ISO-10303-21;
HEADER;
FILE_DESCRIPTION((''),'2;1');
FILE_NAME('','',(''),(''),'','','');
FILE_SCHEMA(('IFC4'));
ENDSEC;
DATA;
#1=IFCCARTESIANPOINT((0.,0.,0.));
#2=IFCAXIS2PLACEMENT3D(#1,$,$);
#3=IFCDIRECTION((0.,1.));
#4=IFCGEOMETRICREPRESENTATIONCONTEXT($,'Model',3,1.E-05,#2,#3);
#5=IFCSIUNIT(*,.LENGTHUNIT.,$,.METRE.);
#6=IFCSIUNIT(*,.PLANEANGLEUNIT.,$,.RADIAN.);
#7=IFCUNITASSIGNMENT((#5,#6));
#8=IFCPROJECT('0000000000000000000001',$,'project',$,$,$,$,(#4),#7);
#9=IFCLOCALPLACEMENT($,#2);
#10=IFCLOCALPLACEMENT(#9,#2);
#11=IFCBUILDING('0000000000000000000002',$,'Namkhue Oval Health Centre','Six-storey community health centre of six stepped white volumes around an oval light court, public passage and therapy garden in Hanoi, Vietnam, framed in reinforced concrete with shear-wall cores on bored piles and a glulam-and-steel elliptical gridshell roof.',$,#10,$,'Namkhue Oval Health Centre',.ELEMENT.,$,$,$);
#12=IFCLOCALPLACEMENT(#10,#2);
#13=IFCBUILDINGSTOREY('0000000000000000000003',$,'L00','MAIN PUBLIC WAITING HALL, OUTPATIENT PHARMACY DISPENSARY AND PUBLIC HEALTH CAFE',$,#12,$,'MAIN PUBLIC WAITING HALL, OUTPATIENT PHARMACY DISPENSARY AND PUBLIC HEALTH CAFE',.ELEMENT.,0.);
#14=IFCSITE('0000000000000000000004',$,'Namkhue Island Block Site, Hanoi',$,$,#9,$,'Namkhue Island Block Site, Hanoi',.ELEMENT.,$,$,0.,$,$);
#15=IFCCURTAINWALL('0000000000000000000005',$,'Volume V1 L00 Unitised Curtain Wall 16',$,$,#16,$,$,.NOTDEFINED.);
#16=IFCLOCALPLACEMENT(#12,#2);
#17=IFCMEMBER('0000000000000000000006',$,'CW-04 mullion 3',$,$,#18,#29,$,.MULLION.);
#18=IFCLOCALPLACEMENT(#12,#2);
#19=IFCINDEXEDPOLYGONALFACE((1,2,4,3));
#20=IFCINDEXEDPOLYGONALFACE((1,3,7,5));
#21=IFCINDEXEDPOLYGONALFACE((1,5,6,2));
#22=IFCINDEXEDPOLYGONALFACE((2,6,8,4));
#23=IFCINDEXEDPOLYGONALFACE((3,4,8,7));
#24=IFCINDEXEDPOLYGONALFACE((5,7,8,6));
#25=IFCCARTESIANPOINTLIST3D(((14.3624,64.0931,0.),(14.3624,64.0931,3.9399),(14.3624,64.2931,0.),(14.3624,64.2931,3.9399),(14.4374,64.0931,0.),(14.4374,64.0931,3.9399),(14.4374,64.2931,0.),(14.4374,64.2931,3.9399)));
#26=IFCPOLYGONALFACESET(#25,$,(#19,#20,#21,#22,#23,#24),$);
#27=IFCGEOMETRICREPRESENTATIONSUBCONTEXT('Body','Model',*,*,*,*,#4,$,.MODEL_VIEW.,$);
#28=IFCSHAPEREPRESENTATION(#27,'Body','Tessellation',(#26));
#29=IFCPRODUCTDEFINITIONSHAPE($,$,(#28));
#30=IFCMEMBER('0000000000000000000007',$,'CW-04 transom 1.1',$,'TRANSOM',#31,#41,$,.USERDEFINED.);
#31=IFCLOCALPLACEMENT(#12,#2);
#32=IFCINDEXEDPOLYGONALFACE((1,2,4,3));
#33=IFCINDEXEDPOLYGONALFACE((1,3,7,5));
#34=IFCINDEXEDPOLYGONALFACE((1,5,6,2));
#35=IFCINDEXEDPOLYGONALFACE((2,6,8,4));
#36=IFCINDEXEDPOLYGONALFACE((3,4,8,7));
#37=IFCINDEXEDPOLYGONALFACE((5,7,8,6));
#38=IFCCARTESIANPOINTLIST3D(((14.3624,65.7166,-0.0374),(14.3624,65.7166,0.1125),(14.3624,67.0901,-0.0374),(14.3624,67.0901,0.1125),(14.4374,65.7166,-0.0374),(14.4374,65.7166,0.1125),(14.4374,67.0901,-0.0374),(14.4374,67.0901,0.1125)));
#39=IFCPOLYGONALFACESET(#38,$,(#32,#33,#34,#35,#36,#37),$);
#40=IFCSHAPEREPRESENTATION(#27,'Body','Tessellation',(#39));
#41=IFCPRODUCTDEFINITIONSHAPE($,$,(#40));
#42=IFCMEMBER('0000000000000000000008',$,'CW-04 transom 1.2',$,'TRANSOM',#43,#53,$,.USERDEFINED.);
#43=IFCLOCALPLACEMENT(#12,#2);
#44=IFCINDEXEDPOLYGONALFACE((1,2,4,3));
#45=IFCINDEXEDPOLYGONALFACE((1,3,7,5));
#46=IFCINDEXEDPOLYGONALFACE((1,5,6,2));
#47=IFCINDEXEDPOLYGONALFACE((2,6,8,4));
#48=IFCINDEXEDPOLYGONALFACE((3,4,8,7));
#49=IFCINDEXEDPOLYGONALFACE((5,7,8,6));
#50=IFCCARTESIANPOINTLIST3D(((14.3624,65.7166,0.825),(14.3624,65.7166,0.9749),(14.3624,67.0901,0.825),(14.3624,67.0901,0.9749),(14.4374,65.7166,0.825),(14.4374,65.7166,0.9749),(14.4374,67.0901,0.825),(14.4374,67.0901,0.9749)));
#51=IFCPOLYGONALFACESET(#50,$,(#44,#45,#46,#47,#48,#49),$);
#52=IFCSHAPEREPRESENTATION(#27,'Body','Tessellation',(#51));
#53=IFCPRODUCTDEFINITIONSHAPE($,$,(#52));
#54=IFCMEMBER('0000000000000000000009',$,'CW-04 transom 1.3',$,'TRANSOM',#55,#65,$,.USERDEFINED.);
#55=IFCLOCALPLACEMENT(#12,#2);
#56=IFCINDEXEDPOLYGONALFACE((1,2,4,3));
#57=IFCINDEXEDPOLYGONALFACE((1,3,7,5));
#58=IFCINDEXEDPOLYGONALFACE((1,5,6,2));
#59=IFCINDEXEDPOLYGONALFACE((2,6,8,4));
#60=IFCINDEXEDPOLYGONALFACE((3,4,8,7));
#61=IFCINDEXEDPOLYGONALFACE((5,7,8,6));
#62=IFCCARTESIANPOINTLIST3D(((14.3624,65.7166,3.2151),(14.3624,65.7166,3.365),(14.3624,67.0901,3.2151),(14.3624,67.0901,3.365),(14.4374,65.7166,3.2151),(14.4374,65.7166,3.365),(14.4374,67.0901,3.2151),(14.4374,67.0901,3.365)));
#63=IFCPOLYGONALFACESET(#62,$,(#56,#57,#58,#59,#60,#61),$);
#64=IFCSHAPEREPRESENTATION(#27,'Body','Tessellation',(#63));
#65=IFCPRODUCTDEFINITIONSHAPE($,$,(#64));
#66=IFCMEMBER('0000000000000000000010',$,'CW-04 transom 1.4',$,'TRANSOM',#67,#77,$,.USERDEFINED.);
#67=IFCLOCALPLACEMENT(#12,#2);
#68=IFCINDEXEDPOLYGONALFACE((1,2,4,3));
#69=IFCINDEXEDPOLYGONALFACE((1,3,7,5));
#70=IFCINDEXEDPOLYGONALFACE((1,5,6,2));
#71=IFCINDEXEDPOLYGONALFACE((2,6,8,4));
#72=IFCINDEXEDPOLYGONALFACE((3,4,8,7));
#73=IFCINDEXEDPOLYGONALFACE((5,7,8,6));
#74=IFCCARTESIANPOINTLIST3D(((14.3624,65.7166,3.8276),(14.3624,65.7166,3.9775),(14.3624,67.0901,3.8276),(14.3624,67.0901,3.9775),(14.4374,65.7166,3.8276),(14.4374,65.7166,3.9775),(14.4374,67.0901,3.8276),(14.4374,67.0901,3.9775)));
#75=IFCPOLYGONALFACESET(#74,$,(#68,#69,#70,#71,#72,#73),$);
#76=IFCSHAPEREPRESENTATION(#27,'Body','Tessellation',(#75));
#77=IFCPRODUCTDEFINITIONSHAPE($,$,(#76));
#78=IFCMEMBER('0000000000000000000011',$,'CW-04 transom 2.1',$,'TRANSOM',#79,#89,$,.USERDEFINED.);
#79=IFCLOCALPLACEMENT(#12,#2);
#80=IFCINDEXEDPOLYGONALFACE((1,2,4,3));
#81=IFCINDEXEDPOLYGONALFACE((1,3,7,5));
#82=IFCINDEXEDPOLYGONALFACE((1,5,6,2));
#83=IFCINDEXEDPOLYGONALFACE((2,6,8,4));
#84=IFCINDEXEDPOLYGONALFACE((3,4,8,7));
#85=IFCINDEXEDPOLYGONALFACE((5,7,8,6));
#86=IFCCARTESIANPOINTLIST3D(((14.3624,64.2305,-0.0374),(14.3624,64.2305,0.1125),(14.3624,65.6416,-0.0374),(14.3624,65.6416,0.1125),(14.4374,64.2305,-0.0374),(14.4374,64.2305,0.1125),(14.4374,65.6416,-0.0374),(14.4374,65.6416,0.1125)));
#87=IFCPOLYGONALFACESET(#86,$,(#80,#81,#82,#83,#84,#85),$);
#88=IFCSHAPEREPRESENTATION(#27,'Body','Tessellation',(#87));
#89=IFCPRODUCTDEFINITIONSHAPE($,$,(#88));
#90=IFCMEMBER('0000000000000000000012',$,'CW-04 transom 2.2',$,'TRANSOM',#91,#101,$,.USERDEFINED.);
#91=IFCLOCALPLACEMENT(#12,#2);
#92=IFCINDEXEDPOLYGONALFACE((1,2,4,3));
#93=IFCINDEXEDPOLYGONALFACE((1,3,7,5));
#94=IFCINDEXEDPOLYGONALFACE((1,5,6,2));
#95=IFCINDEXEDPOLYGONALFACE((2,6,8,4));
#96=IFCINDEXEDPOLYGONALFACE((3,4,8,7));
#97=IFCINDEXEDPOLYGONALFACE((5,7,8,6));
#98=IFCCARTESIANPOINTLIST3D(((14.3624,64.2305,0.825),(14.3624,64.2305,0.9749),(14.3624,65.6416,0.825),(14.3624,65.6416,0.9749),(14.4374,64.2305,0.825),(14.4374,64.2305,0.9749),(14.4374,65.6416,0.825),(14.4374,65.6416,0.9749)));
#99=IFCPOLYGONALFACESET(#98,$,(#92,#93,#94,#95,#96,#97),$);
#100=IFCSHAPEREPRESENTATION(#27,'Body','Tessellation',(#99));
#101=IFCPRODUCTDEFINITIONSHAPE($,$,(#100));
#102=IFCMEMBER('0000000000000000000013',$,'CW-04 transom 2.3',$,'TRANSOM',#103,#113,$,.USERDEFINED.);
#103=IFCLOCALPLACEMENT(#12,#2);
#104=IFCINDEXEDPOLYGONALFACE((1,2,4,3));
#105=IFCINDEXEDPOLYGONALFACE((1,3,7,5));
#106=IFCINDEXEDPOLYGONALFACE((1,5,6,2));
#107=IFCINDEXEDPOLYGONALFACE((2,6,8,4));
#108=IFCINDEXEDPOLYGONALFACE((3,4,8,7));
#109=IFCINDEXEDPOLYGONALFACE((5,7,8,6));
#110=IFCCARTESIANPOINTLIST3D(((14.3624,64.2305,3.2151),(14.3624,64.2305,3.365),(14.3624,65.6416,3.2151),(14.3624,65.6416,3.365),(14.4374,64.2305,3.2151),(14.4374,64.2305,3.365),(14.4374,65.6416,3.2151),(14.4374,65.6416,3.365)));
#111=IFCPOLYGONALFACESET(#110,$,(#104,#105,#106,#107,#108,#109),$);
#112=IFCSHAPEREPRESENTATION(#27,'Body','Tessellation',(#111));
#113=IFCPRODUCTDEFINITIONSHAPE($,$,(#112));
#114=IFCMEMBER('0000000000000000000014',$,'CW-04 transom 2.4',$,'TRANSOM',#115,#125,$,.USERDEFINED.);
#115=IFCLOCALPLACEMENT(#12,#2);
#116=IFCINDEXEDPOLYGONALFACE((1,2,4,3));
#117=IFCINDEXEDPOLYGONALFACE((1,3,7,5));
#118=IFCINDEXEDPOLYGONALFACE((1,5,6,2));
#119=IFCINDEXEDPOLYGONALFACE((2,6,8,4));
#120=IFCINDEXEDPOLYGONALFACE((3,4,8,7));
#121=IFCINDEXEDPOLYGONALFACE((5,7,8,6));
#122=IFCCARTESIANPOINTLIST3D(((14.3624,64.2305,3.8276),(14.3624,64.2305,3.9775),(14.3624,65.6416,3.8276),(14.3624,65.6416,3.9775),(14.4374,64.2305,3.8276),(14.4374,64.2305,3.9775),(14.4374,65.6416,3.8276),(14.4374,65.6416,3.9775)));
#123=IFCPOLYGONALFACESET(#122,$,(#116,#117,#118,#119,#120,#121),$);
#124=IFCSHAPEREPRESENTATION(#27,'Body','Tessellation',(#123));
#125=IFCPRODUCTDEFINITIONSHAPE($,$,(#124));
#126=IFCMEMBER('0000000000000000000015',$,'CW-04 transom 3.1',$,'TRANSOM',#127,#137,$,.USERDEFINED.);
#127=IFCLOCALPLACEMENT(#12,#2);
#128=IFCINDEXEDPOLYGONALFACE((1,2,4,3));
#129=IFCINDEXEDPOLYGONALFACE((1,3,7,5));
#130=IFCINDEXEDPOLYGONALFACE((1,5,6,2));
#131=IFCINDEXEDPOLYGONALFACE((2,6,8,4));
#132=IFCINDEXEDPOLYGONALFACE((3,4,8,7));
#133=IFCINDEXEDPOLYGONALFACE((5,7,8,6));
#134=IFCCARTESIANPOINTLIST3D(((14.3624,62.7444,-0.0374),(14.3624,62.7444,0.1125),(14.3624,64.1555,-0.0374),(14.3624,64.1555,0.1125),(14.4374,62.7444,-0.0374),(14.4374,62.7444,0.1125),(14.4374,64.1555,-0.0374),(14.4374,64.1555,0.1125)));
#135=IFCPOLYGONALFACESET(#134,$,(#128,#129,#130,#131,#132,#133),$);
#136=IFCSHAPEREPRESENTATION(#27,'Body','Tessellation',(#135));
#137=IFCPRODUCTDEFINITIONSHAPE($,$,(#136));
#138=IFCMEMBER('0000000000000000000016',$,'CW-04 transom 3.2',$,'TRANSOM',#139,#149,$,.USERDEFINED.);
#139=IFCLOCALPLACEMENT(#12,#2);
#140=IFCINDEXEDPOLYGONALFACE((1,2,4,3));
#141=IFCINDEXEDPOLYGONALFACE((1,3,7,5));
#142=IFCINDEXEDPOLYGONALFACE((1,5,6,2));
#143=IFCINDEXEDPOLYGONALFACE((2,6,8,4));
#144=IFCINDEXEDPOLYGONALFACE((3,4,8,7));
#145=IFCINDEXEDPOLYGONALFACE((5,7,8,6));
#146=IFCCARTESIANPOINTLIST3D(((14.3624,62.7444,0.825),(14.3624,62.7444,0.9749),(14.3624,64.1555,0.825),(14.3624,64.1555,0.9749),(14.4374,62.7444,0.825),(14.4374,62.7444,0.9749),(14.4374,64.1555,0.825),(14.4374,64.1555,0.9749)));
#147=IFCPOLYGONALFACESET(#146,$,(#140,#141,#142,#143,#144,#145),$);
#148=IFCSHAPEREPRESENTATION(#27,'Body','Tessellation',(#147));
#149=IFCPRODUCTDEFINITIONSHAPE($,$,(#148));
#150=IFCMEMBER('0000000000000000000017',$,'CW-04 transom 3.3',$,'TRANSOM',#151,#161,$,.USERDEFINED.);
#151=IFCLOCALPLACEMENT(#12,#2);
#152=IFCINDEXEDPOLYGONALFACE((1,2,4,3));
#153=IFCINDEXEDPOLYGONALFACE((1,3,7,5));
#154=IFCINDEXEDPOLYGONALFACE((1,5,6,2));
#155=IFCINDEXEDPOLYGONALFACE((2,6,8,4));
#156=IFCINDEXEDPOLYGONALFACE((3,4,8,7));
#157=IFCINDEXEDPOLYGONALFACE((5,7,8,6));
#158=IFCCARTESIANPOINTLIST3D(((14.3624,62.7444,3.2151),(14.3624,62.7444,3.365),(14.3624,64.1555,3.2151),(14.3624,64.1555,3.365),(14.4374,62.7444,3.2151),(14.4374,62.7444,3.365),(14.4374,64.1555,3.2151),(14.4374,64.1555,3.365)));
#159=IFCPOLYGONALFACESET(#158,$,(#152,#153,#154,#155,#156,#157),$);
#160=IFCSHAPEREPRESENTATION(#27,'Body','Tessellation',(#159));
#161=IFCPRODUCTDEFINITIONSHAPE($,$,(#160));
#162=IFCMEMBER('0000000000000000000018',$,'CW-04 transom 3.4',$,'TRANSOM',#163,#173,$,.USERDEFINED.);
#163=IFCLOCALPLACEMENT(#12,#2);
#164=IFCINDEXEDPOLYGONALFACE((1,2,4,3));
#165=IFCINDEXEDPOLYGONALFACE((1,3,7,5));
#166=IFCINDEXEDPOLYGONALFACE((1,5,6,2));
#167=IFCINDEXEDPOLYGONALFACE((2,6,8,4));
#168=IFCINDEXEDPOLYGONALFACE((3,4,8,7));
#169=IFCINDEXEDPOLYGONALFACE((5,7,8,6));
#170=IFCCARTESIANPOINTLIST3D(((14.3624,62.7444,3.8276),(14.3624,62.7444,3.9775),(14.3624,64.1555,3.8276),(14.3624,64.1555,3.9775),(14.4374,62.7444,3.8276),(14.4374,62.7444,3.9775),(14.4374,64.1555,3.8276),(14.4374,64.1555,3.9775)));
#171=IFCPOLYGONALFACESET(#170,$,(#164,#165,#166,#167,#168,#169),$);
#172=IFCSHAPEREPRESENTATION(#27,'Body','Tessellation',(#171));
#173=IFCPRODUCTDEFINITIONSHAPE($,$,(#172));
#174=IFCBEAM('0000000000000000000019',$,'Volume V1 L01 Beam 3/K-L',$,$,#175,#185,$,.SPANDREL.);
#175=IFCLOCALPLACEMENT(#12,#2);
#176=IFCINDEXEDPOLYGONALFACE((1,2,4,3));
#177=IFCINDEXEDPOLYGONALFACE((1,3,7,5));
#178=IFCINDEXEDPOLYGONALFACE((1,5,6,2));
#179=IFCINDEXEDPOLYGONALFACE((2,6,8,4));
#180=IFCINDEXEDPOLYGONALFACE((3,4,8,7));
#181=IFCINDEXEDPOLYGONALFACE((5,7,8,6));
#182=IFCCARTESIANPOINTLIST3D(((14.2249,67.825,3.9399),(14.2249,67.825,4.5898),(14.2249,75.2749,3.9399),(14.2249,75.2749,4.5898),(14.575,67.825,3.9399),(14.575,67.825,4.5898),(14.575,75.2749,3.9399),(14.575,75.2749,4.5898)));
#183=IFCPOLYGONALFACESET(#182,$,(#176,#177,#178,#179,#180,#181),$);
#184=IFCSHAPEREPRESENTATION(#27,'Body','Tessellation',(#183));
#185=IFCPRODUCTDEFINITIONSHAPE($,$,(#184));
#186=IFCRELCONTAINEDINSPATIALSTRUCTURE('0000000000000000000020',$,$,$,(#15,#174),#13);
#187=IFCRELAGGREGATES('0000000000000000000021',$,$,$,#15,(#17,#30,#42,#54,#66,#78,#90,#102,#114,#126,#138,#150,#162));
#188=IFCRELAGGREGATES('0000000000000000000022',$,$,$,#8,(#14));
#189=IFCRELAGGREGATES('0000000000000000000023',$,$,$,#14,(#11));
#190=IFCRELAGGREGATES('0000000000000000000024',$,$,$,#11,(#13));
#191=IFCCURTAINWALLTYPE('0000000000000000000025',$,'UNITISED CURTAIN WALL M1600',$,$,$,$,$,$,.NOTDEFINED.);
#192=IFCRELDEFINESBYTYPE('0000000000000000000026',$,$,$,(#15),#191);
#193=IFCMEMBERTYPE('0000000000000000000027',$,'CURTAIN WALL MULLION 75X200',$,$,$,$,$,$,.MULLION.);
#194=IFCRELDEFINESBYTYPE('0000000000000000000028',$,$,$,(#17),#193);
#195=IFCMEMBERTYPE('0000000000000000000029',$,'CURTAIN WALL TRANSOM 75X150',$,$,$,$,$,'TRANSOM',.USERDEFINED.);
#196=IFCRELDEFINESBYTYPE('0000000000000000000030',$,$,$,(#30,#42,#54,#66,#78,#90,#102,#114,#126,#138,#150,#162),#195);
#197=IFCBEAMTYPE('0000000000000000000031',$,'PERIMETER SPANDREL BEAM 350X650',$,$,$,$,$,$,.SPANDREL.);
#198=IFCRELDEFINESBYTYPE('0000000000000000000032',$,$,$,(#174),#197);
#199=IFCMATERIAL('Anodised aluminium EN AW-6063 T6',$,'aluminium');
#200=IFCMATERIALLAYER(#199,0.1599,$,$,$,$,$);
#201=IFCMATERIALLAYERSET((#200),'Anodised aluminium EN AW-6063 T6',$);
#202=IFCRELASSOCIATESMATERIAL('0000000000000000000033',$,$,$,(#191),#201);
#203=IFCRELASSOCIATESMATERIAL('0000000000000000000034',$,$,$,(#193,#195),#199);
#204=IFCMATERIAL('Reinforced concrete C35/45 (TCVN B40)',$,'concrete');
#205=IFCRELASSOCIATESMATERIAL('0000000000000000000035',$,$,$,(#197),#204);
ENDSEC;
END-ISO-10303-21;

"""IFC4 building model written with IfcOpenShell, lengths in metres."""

from ifc_helpers import new_model, si_unit, direction, frame, origin, origin_2d, place, context, subcontext, project, spatial, rectangle, extrude, material, layer, layer_set, material_profile, profile_set, type_object, element, aggregate, save


model = new_model("IFC4")

# Units and contexts
model_context = context("Model", 3, precision=1e-05, world=origin(), true_north=direction((0.0, 1.0)))
body_context = subcontext(model_context, "Body", "Model", "MODEL_VIEW")
ifc_project = project(units=[si_unit("LENGTHUNIT", "METRE"), si_unit("PLANEANGLEUNIT", "RADIAN")], contexts=[model_context])

# Site, building, storey
site_placement = place(None, origin())
site = spatial("IfcSite", under=ifc_project, at=site_placement, Name="Namkhue Island Block Site, Hanoi", LongName="Namkhue Island Block Site, Hanoi", CompositionType="ELEMENT", RefElevation=0.0)
building_placement = place(site_placement, origin())
building = spatial("IfcBuilding", under=site, at=building_placement, Name="Namkhue Oval Health Centre", Description="Six-storey community health centre of six stepped white volumes around an oval light court, public passage and therapy garden in Hanoi, Vietnam, framed in reinforced concrete with shear-wall cores on bored piles and a glulam-and-steel elliptical gridshell roof.", LongName="Namkhue Oval Health Centre", CompositionType="ELEMENT")
storey_placement = place(building_placement, origin())
storey = spatial("IfcBuildingStorey", under=building, at=storey_placement, Name="L00", Description="MAIN PUBLIC WAITING HALL, OUTPATIENT PHARMACY DISPENSARY AND PUBLIC HEALTH CAFE", LongName="MAIN PUBLIC WAITING HALL, OUTPATIENT PHARMACY DISPENSARY AND PUBLIC HEALTH CAFE", CompositionType="ELEMENT", Elevation=0.0)

# Shared definitions
ifc_material_1 = material(Name="Reinforced concrete C35/45 (TCVN B40)", Category="concrete")

# Curtain wall, members
ifc_material_2 = material(Name="Anodised aluminium EN AW-6063 T6", Category="aluminium")
ifc_layer_1 = layer(ifc_material_2, 0.1599)
ifc_layer_set_1 = layer_set([ifc_layer_1], Name="Anodised aluminium EN AW-6063 T6")
curtain_wall_type = type_object("IfcCurtainWallType", Name="UNITISED CURTAIN WALL M1600", PredefinedType="NOTDEFINED", material=ifc_layer_set_1)
curtain_wall_placement = place(storey_placement, origin())
curtain_wall = element("IfcCurtainWall", 1, at=curtain_wall_placement, inside=storey, type_object=curtain_wall_type, Name="Volume V1 L00 Unitised Curtain Wall 16", PredefinedType="NOTDEFINED")
ifc_material_profile_1 = material_profile(ifc_material_2, rectangle(XDim=0.075, YDim=0.2, at=origin_2d()), Name="ALU 75x200")
ifc_profile_set_1 = profile_set([ifc_material_profile_1], Name="Anodised aluminium EN AW-6063 T6")
member_type_1 = type_object("IfcMemberType", Name="CURTAIN WALL MULLION 75X200", PredefinedType="MULLION", material=ifc_profile_set_1)
member_1_placement = place(storey_placement, frame((14.3999, 64.1931, 0.0), z_axis=(0.0, 0.0, 1.0), x_axis=(1.0, 0.0, 0.0)))
member_1 = element("IfcMember", 2, at=member_1_placement, type_object=member_type_1, Name="CW-04 mullion 3", PredefinedType="MULLION", context=body_context, shape_type="SweptSolid", body=[
    extrude(rectangle(XDim=0.075, YDim=0.2, at=origin_2d()), origin(), (0.0, 0.0, 1.0), 3.9399),
])
ifc_material_profile_2 = material_profile(ifc_material_2, rectangle(XDim=0.075, YDim=0.1499, at=origin_2d()), Name="ALU 75x150")
ifc_profile_set_2 = profile_set([ifc_material_profile_2], Name="Anodised aluminium EN AW-6063 T6")
member_type_2 = type_object("IfcMemberType", Name="CURTAIN WALL TRANSOM 75X150", ElementType="TRANSOM", PredefinedType="USERDEFINED", material=ifc_profile_set_2)
member_2_placement = place(storey_placement, frame((14.3999, 67.0901, 0.0376), z_axis=(0.0, -1.0, 0.0), x_axis=(1.0, 0.0, 0.0)))
member_2 = element("IfcMember", 3, at=member_2_placement, type_object=member_type_2, Name="CW-04 transom 1.1", ObjectType="TRANSOM", PredefinedType="USERDEFINED", context=body_context, shape_type="SweptSolid", body=[
    extrude(rectangle(XDim=0.075, YDim=0.1499, at=origin_2d()), origin(), (0.0, 0.0, 1.0), 1.3735),
])
member_3_placement = place(storey_placement, frame((14.3999, 67.0901, 0.8999), z_axis=(0.0, -1.0, 0.0), x_axis=(1.0, 0.0, 0.0)))
member_3 = element("IfcMember", 4, at=member_3_placement, type_object=member_type_2, Name="CW-04 transom 1.2", ObjectType="TRANSOM", PredefinedType="USERDEFINED", context=body_context, shape_type="SweptSolid", body=[
    extrude(rectangle(XDim=0.075, YDim=0.1499, at=origin_2d()), origin(), (0.0, 0.0, 1.0), 1.3735),
])
member_4_placement = place(storey_placement, frame((14.3999, 67.0901, 3.29), z_axis=(0.0, -1.0, 0.0), x_axis=(1.0, 0.0, 0.0)))
member_4 = element("IfcMember", 5, at=member_4_placement, type_object=member_type_2, Name="CW-04 transom 1.3", ObjectType="TRANSOM", PredefinedType="USERDEFINED", context=body_context, shape_type="SweptSolid", body=[
    extrude(rectangle(XDim=0.075, YDim=0.1499, at=origin_2d()), origin(), (0.0, 0.0, 1.0), 1.3735),
])
member_5_placement = place(storey_placement, frame((14.3999, 67.0901, 3.9026), z_axis=(0.0, -1.0, 0.0), x_axis=(1.0, 0.0, 0.0)))
member_5 = element("IfcMember", 6, at=member_5_placement, type_object=member_type_2, Name="CW-04 transom 1.4", ObjectType="TRANSOM", PredefinedType="USERDEFINED", context=body_context, shape_type="SweptSolid", body=[
    extrude(rectangle(XDim=0.075, YDim=0.1499, at=origin_2d()), origin(), (0.0, 0.0, 1.0), 1.3735),
])
member_6_placement = place(storey_placement, frame((14.3999, 65.6416, 0.0376), z_axis=(0.0, -1.0, 0.0), x_axis=(1.0, 0.0, 0.0)))
member_6 = element("IfcMember", 7, at=member_6_placement, type_object=member_type_2, Name="CW-04 transom 2.1", ObjectType="TRANSOM", PredefinedType="USERDEFINED", context=body_context, shape_type="SweptSolid", body=[
    extrude(rectangle(XDim=0.075, YDim=0.1499, at=origin_2d()), origin(), (0.0, 0.0, 1.0), 1.4111),
])
member_7_placement = place(storey_placement, frame((14.3999, 65.6416, 0.8999), z_axis=(0.0, -1.0, 0.0), x_axis=(1.0, 0.0, 0.0)))
member_7 = element("IfcMember", 8, at=member_7_placement, type_object=member_type_2, Name="CW-04 transom 2.2", ObjectType="TRANSOM", PredefinedType="USERDEFINED", context=body_context, shape_type="SweptSolid", body=[
    extrude(rectangle(XDim=0.075, YDim=0.1499, at=origin_2d()), origin(), (0.0, 0.0, 1.0), 1.4111),
])
member_8_placement = place(storey_placement, frame((14.3999, 65.6416, 3.29), z_axis=(0.0, -1.0, 0.0), x_axis=(1.0, 0.0, 0.0)))
member_8 = element("IfcMember", 9, at=member_8_placement, type_object=member_type_2, Name="CW-04 transom 2.3", ObjectType="TRANSOM", PredefinedType="USERDEFINED", context=body_context, shape_type="SweptSolid", body=[
    extrude(rectangle(XDim=0.075, YDim=0.1499, at=origin_2d()), origin(), (0.0, 0.0, 1.0), 1.4111),
])
member_9_placement = place(storey_placement, frame((14.3999, 65.6416, 3.9026), z_axis=(0.0, -1.0, 0.0), x_axis=(1.0, 0.0, 0.0)))
member_9 = element("IfcMember", 10, at=member_9_placement, type_object=member_type_2, Name="CW-04 transom 2.4", ObjectType="TRANSOM", PredefinedType="USERDEFINED", context=body_context, shape_type="SweptSolid", body=[
    extrude(rectangle(XDim=0.075, YDim=0.1499, at=origin_2d()), origin(), (0.0, 0.0, 1.0), 1.4111),
])
member_10_placement = place(storey_placement, frame((14.3999, 64.1555, 0.0376), z_axis=(0.0, -1.0, 0.0), x_axis=(1.0, 0.0, 0.0)))
member_10 = element("IfcMember", 11, at=member_10_placement, type_object=member_type_2, Name="CW-04 transom 3.1", ObjectType="TRANSOM", PredefinedType="USERDEFINED", context=body_context, shape_type="SweptSolid", body=[
    extrude(rectangle(XDim=0.075, YDim=0.1499, at=origin_2d()), origin(), (0.0, 0.0, 1.0), 1.4111),
])
member_11_placement = place(storey_placement, frame((14.3999, 64.1555, 0.8999), z_axis=(0.0, -1.0, 0.0), x_axis=(1.0, 0.0, 0.0)))
member_11 = element("IfcMember", 12, at=member_11_placement, type_object=member_type_2, Name="CW-04 transom 3.2", ObjectType="TRANSOM", PredefinedType="USERDEFINED", context=body_context, shape_type="SweptSolid", body=[
    extrude(rectangle(XDim=0.075, YDim=0.1499, at=origin_2d()), origin(), (0.0, 0.0, 1.0), 1.4111),
])
member_12_placement = place(storey_placement, frame((14.3999, 64.1555, 3.29), z_axis=(0.0, -1.0, 0.0), x_axis=(1.0, 0.0, 0.0)))
member_12 = element("IfcMember", 13, at=member_12_placement, type_object=member_type_2, Name="CW-04 transom 3.3", ObjectType="TRANSOM", PredefinedType="USERDEFINED", context=body_context, shape_type="SweptSolid", body=[
    extrude(rectangle(XDim=0.075, YDim=0.1499, at=origin_2d()), origin(), (0.0, 0.0, 1.0), 1.4111),
])
member_13_placement = place(storey_placement, frame((14.3999, 64.1555, 3.9026), z_axis=(0.0, -1.0, 0.0), x_axis=(1.0, 0.0, 0.0)))
member_13 = element("IfcMember", 14, at=member_13_placement, type_object=member_type_2, Name="CW-04 transom 3.4", ObjectType="TRANSOM", PredefinedType="USERDEFINED", context=body_context, shape_type="SweptSolid", body=[
    extrude(rectangle(XDim=0.075, YDim=0.1499, at=origin_2d()), origin(), (0.0, 0.0, 1.0), 1.4111),
])

# Beam
ifc_material_profile_3 = material_profile(ifc_material_1, rectangle(XDim=0.3501, YDim=0.6499, at=origin_2d()), Name="RC 350x650")
ifc_profile_set_3 = profile_set([ifc_material_profile_3], Name="Reinforced concrete C35/45 (TCVN B40)")
beam_type_1 = type_object("IfcBeamType", Name="PERIMETER SPANDREL BEAM 350X650", PredefinedType="SPANDREL", material=ifc_profile_set_3)
beam_1_placement = place(storey_placement, frame((14.3999, 67.825, 4.2649), z_axis=(0.0, 1.0, 0.0), x_axis=(-1.0, 0.0, 0.0)))
element("IfcBeam", 15, at=beam_1_placement, inside=storey, type_object=beam_type_1, Name="Volume V1 L01 Beam 3/K-L", PredefinedType="SPANDREL", context=body_context, shape_type="SweptSolid", body=[
    extrude(rectangle(XDim=0.3501, YDim=0.6499, at=origin_2d()), origin(), (0.0, 0.0, 1.0), 7.45),
])

aggregate(curtain_wall, [member_1, member_2, member_3, member_4, member_5, member_6, member_7, member_8, member_9, member_10, member_11, member_12, member_13])

save(model, "model.ifc")
